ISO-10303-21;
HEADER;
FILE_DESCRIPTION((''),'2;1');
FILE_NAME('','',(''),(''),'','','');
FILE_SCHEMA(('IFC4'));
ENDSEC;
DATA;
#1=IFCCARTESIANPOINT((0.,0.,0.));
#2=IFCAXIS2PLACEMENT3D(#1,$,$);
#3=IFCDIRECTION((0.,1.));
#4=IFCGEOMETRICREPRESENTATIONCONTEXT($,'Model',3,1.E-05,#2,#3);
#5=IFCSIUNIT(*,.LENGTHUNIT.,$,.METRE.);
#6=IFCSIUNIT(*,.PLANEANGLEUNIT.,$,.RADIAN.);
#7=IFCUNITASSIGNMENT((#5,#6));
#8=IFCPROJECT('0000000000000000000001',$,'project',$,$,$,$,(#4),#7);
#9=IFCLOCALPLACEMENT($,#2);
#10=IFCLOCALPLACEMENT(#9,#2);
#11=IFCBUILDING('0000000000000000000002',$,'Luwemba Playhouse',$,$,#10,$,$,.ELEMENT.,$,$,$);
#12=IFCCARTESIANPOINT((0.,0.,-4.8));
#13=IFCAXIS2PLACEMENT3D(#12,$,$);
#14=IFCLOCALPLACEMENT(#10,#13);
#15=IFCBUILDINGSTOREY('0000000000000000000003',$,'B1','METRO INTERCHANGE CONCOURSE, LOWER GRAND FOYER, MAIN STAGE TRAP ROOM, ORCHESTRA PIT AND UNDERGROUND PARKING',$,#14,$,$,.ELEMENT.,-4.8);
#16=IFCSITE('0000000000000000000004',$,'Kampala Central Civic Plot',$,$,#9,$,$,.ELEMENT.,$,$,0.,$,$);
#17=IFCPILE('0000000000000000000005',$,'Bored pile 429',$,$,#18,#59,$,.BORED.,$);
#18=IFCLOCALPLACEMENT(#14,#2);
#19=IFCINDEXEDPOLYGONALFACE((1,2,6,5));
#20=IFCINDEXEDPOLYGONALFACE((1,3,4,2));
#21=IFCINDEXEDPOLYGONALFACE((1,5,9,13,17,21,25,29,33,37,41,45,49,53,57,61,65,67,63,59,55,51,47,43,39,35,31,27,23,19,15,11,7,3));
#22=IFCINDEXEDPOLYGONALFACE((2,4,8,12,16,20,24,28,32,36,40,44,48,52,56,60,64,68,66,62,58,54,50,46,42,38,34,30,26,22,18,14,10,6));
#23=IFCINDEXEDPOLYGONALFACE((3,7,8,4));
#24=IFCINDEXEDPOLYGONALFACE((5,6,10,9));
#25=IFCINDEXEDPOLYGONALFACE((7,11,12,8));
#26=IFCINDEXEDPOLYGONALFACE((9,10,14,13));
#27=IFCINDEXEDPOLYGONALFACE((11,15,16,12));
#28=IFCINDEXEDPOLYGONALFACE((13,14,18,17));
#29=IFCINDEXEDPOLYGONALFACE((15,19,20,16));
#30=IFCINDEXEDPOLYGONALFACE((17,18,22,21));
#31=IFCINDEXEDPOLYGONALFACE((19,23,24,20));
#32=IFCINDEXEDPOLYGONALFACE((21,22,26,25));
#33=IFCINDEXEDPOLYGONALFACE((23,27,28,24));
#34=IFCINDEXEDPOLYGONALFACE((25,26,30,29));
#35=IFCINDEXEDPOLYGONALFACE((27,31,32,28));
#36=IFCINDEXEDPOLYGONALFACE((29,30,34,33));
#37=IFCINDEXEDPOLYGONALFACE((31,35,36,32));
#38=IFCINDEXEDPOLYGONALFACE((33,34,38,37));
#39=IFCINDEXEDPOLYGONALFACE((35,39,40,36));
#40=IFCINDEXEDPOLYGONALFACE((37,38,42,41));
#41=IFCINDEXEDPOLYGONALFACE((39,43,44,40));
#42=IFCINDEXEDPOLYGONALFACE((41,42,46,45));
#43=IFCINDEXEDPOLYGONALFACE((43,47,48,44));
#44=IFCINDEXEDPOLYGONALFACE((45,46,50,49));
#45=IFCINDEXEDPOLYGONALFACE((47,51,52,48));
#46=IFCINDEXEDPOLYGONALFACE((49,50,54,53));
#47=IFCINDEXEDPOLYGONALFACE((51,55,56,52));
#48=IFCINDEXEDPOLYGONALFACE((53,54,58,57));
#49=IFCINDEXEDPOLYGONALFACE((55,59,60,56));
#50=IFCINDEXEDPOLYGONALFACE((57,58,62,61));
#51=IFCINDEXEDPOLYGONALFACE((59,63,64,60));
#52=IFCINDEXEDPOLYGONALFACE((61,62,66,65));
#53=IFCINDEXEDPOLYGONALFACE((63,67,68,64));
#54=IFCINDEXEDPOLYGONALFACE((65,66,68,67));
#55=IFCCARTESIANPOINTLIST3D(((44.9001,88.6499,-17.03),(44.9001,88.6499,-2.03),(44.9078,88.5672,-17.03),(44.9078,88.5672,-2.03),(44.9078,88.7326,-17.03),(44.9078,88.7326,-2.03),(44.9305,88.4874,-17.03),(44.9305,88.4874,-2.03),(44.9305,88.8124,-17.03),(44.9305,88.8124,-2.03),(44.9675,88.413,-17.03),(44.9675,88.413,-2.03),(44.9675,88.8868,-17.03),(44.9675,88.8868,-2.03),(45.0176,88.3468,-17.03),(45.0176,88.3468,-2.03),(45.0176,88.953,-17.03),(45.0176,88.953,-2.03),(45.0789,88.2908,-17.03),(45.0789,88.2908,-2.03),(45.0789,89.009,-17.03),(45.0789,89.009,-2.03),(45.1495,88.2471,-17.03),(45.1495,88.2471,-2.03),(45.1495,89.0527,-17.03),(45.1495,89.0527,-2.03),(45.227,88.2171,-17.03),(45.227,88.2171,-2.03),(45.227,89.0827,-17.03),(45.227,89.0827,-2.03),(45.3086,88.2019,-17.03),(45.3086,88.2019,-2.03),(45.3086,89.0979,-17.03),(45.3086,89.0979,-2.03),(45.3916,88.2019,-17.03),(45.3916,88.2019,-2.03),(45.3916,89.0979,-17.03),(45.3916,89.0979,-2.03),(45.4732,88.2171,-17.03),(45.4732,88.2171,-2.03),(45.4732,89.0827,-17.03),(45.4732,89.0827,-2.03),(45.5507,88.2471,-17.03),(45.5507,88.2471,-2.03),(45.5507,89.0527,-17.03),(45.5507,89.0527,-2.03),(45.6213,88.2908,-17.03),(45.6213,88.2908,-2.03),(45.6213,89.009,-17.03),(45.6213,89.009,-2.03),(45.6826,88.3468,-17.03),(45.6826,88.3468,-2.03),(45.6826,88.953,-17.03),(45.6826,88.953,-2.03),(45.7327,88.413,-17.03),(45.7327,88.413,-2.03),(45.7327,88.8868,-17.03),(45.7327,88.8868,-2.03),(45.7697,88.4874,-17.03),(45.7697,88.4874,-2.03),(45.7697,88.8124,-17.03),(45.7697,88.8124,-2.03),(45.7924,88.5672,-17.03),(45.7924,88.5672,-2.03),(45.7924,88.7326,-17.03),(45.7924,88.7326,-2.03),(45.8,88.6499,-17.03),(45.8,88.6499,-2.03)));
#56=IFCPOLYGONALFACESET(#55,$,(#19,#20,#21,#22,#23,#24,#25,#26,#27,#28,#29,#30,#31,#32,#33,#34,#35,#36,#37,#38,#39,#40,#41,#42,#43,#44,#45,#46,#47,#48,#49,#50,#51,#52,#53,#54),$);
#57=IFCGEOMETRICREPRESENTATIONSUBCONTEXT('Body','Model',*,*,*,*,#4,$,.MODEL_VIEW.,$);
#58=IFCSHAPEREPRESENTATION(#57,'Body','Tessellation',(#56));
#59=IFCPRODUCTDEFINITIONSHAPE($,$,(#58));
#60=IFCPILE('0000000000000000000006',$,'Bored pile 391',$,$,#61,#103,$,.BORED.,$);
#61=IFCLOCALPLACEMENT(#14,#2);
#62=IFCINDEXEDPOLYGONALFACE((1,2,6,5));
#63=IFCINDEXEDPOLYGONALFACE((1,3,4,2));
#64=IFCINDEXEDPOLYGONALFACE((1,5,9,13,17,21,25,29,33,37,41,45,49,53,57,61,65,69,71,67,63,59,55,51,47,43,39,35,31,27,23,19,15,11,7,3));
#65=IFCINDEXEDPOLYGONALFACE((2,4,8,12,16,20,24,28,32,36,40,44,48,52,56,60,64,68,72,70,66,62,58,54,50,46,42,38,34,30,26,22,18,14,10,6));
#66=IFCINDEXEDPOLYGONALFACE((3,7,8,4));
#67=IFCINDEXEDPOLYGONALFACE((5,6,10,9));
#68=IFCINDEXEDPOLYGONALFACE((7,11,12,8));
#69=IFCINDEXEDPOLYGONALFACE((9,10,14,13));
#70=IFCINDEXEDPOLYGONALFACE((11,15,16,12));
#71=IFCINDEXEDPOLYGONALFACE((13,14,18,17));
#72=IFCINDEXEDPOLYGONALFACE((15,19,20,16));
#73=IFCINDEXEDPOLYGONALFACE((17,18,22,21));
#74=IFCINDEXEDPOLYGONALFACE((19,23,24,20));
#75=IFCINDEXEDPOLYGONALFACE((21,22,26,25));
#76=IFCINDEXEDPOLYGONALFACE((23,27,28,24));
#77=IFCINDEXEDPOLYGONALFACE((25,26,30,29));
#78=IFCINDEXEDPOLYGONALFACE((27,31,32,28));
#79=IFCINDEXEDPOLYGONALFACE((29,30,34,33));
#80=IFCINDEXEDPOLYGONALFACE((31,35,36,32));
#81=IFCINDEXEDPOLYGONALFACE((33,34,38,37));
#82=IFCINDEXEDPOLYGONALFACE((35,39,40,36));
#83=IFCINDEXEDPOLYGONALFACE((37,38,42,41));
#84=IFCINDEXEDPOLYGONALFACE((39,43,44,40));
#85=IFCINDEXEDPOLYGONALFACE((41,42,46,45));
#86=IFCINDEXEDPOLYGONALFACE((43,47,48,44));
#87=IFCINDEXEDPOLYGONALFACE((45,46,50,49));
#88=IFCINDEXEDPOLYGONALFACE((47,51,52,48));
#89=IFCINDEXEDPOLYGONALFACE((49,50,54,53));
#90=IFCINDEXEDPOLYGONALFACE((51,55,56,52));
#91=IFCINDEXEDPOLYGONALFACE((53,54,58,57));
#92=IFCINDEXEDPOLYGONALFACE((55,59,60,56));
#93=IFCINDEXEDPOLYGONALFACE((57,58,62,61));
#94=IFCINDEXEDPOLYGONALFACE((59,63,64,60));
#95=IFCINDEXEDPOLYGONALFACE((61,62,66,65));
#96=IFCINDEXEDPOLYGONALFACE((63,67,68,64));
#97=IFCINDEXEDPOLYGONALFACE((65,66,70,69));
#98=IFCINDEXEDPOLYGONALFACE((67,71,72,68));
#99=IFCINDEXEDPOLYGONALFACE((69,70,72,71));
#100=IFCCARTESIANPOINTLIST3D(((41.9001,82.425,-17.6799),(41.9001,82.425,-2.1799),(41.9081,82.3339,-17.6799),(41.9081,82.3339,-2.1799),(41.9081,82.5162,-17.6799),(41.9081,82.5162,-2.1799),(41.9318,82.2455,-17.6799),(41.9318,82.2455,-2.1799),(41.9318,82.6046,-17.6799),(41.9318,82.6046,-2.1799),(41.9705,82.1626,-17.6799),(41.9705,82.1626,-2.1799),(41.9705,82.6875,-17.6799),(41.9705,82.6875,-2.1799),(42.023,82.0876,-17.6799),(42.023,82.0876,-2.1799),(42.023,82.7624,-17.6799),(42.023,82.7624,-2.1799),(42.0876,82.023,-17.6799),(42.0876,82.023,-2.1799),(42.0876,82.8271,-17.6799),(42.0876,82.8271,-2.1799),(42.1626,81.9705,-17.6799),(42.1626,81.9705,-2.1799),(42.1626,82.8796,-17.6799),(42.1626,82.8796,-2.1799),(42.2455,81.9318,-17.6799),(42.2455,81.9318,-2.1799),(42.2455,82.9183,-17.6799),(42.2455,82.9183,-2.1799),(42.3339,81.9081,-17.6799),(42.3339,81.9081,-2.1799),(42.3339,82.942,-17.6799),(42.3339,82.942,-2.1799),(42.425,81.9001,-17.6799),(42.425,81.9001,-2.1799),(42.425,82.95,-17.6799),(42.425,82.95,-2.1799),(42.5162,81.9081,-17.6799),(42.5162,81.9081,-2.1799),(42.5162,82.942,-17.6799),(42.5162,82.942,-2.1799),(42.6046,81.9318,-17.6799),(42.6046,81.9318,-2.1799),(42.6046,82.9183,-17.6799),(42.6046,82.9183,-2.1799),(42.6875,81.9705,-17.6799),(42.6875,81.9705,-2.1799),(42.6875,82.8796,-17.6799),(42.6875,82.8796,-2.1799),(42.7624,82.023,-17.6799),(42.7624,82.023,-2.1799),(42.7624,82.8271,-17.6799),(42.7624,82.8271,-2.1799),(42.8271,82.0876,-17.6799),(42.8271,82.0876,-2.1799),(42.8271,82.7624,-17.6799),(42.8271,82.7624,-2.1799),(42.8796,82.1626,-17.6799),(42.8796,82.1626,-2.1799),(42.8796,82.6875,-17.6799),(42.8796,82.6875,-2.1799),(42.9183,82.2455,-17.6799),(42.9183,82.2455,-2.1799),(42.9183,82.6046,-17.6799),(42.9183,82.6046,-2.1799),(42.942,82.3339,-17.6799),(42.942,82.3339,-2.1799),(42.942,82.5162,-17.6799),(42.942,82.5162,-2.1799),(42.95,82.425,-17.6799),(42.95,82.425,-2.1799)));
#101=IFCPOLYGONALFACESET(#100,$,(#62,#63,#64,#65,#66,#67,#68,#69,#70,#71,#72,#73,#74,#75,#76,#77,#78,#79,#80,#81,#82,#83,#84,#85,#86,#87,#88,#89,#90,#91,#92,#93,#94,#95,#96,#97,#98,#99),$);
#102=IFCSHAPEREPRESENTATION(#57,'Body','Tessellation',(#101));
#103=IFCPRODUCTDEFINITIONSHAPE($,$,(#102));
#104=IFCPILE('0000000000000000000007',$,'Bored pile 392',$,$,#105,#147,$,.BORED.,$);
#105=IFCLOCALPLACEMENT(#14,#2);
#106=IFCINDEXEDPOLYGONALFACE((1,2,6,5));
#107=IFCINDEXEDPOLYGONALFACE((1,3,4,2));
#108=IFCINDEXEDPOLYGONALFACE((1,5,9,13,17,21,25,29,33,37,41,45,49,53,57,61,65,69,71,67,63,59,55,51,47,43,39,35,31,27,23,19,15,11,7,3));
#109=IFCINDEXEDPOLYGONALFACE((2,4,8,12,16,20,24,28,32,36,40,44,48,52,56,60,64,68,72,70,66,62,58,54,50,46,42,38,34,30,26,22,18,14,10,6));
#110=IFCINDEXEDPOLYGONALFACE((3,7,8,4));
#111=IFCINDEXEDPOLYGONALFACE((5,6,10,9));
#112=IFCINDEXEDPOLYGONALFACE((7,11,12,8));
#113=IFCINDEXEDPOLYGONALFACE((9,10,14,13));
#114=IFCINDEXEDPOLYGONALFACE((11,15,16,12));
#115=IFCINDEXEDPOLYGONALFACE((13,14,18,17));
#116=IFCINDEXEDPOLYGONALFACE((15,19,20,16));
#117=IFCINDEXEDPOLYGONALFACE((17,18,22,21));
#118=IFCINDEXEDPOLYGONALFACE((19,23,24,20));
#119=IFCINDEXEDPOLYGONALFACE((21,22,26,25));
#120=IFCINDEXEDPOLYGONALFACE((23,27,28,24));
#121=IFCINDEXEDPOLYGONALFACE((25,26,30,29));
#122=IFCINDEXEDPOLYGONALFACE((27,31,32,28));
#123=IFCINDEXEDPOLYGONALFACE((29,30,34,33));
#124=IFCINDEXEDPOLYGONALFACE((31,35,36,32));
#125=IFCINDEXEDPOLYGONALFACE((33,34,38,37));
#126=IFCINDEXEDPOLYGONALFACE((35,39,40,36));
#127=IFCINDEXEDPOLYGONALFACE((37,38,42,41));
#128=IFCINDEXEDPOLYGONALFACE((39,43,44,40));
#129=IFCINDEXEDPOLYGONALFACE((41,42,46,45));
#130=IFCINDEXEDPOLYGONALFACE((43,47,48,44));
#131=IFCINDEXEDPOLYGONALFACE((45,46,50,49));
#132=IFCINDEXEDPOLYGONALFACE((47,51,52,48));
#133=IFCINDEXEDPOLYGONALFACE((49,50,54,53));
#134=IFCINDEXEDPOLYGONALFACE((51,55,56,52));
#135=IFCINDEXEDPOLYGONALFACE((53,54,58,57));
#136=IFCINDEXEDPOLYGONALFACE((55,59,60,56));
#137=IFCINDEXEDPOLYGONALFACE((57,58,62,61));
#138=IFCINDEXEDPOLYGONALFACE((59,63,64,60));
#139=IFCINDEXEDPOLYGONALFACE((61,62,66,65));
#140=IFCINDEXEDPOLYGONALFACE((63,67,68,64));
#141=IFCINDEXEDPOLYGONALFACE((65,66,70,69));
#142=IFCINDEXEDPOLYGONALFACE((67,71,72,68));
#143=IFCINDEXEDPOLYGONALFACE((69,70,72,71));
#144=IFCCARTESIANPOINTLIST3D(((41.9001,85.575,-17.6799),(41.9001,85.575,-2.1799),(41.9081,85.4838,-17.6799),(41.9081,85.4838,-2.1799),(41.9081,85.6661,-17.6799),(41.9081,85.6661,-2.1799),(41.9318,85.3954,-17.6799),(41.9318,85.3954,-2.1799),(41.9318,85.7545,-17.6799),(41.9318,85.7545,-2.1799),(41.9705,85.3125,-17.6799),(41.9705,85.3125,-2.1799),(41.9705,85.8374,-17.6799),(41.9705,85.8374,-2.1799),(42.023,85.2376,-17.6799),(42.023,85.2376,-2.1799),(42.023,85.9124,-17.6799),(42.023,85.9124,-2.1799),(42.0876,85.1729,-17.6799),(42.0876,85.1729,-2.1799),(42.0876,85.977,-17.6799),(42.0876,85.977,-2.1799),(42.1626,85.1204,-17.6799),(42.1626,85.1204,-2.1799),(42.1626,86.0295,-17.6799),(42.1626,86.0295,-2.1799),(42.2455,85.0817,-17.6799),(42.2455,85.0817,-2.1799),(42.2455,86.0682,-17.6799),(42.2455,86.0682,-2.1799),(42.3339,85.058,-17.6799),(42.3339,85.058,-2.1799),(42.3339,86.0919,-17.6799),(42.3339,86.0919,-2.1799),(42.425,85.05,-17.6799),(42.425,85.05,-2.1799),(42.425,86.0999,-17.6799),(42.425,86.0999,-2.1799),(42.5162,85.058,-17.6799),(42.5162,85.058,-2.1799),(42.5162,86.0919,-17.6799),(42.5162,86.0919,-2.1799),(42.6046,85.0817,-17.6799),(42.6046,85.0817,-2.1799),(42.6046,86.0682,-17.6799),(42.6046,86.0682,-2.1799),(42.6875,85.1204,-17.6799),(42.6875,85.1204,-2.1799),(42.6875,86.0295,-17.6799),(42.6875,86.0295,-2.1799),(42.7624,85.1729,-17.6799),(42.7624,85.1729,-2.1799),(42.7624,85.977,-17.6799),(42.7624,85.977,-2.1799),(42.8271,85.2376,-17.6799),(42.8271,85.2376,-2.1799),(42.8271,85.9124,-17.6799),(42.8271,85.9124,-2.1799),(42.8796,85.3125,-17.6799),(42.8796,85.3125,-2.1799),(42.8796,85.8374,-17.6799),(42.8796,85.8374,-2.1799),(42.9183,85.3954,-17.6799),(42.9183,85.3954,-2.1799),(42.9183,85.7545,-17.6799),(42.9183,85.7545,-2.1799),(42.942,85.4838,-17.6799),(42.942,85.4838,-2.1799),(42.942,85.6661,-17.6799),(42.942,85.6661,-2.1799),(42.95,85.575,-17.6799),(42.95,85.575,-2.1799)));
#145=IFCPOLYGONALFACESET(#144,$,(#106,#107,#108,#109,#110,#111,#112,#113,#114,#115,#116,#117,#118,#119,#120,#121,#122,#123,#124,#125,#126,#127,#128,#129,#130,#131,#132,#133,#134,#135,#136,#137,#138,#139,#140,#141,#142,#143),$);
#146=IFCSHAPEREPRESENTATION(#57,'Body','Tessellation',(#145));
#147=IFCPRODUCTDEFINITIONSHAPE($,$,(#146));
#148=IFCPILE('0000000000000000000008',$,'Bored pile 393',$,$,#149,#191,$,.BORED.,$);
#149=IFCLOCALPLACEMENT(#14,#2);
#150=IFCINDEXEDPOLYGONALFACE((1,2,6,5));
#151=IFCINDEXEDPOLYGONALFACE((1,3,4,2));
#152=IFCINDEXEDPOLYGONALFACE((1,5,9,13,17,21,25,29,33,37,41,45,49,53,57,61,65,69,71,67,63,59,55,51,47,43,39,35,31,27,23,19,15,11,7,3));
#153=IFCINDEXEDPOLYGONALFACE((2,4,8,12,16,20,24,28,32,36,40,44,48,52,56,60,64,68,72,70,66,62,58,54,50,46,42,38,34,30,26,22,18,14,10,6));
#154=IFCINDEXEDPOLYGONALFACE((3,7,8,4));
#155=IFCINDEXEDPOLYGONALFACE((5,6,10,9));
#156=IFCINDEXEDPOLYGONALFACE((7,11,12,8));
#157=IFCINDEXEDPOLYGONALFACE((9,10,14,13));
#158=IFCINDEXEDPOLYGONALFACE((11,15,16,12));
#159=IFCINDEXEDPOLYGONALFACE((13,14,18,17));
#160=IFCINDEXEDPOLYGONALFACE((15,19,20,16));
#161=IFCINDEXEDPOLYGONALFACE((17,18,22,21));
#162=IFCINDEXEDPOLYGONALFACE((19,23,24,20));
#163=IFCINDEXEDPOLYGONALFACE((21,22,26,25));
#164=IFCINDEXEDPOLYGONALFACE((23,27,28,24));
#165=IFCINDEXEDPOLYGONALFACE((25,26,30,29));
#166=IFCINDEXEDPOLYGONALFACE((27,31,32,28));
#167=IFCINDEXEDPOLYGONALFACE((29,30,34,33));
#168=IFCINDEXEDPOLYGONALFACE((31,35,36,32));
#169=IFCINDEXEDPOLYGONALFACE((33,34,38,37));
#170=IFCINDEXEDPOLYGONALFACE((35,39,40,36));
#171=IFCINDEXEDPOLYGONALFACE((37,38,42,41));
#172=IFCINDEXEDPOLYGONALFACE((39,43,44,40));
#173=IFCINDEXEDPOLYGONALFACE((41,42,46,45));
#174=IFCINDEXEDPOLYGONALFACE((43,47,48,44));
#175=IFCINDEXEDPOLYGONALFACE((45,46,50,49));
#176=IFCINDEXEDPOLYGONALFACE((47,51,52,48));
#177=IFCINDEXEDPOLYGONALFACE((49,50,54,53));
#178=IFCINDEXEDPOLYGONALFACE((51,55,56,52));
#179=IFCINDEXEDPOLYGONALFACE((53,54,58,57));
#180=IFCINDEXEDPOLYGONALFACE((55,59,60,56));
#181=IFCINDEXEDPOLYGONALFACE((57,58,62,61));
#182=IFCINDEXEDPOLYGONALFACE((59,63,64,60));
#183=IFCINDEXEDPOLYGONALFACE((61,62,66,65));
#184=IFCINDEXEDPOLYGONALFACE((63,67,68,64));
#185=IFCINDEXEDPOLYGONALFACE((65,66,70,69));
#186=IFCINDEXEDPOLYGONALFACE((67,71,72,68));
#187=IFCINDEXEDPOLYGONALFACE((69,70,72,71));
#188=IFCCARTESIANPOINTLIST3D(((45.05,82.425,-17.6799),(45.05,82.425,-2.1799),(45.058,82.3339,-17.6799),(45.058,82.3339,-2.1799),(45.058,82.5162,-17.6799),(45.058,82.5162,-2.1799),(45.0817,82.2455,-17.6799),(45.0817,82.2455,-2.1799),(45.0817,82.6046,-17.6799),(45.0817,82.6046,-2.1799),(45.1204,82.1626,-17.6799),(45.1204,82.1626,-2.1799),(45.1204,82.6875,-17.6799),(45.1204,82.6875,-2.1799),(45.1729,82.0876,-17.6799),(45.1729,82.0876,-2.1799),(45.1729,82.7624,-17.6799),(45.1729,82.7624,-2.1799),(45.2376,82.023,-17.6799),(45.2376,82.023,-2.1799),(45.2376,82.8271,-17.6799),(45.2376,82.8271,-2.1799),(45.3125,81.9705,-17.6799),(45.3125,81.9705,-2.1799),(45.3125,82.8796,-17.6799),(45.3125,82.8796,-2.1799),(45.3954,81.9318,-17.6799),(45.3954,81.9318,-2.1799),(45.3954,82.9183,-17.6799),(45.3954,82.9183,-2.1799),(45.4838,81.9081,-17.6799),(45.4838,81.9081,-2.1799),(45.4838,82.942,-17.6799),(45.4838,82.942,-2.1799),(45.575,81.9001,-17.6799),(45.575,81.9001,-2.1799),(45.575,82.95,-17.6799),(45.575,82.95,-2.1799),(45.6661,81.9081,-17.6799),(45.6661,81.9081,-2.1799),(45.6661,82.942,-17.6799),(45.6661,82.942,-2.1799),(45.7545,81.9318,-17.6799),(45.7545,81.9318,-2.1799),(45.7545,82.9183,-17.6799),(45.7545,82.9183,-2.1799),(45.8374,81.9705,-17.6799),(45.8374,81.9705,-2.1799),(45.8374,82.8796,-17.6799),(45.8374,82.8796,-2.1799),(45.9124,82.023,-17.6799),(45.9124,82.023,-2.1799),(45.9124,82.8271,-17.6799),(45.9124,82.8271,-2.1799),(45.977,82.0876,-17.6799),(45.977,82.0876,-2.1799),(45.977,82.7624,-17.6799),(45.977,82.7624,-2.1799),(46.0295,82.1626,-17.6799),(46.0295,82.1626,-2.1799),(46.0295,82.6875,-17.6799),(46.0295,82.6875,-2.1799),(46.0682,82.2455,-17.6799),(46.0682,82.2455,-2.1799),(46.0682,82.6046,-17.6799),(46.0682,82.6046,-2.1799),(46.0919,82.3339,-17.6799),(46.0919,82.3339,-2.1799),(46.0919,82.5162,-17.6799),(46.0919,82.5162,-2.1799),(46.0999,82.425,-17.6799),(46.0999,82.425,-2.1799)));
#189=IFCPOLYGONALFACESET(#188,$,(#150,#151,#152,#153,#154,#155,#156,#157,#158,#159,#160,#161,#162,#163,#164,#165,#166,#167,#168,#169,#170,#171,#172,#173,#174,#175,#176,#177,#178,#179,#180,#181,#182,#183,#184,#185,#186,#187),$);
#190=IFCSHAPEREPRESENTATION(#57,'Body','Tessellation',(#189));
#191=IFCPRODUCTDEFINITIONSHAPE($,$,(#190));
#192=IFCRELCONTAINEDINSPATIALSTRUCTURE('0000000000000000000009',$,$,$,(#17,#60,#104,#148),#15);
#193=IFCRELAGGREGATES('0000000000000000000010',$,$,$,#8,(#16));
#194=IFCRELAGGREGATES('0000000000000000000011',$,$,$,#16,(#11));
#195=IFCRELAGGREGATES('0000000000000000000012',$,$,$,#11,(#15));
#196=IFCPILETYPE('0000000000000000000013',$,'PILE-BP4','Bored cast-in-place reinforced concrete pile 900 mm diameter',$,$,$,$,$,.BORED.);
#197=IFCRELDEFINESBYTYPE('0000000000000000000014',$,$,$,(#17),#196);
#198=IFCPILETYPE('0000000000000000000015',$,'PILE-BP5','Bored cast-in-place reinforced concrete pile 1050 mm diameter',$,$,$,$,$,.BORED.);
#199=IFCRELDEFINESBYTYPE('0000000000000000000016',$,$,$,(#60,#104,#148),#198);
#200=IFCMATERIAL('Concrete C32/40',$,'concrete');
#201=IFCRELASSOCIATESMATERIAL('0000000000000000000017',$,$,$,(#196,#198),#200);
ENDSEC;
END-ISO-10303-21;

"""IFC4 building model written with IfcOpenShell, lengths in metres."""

from ifc_helpers import new_model, si_unit, direction, frame, origin, origin_2d, place, context, subcontext, project, spatial, circle, extrude, material, material_profile, profile_set, type_object, element, save


model = new_model("IFC4")

# Units and contexts
model_context = context("Model", 3, precision=1e-05, world=origin(), true_north=direction((0.0, 1.0)))
body_context = subcontext(model_context, "Body", "Model", "MODEL_VIEW")
ifc_project = project(units=[si_unit("LENGTHUNIT", "METRE"), si_unit("PLANEANGLEUNIT", "RADIAN")], contexts=[model_context])

# Site, building, storey
site_placement = place(None, origin())
site = spatial("IfcSite", under=ifc_project, at=site_placement, Name="Kampala Central Civic Plot", CompositionType="ELEMENT", RefElevation=0.0)
building_placement = place(site_placement, origin())
building = spatial("IfcBuilding", under=site, at=building_placement, Name="Luwemba Playhouse", CompositionType="ELEMENT")
storey_placement = place(building_placement, frame((0.0, 0.0, -4.8)))
storey = spatial("IfcBuildingStorey", under=building, at=storey_placement, Name="B1", Description="METRO INTERCHANGE CONCOURSE, LOWER GRAND FOYER, MAIN STAGE TRAP ROOM, ORCHESTRA PIT AND UNDERGROUND PARKING", CompositionType="ELEMENT", Elevation=-4.8)

# Shared definitions
ifc_material_1 = material(Name="Concrete C32/40", Category="concrete")

# Piles
ifc_material_profile_1 = material_profile(ifc_material_1, circle(Radius=0.45, at=origin_2d()))
ifc_profile_set_1 = profile_set([ifc_material_profile_1], Name="Concrete C32/40")
pile_type_1 = type_object("IfcPileType", Name="PILE-BP4", Description="Bored cast-in-place reinforced concrete pile 900 mm diameter", PredefinedType="BORED", material=ifc_profile_set_1)
for number, where, z_axis, x_axis, name in (
    (1, (45.3501, 88.6499, -2.03), (0.0, 0.0, -1.0), (1.0, 0.0, 0.0), "Bored pile 429"),
):
    element("IfcPile", number, at=place(storey_placement, frame(where, z_axis=z_axis, x_axis=x_axis)), inside=storey, type_object=pile_type_1, Name=name, PredefinedType="BORED", context=body_context, shape_type="SweptSolid", body=[
        extrude(circle(Radius=0.45, at=origin_2d()), origin(), (0.0, 0.0, 1.0), 15.0),
    ])
ifc_material_profile_2 = material_profile(ifc_material_1, circle(Radius=0.5249, at=origin_2d()))
ifc_profile_set_2 = profile_set([ifc_material_profile_2], Name="Concrete C32/40")
pile_type_2 = type_object("IfcPileType", Name="PILE-BP5", Description="Bored cast-in-place reinforced concrete pile 1050 mm diameter", PredefinedType="BORED", material=ifc_profile_set_2)
for number, where, z_axis, x_axis, name in (
    (2, (42.425, 82.425, -2.1799), (0.0, 0.0, -1.0), (1.0, 0.0, 0.0), "Bored pile 391"),
    (3, (42.425, 85.575, -2.1799), (0.0, 0.0, -1.0), (1.0, 0.0, 0.0), "Bored pile 392"),
    (4, (45.575, 82.425, -2.1799), (0.0, 0.0, -1.0), (1.0, 0.0, 0.0), "Bored pile 393"),
):
    element("IfcPile", number, at=place(storey_placement, frame(where, z_axis=z_axis, x_axis=x_axis)), inside=storey, type_object=pile_type_2, Name=name, PredefinedType="BORED", context=body_context, shape_type="SweptSolid", body=[
        extrude(circle(Radius=0.5249, at=origin_2d()), origin(), (0.0, 0.0, 1.0), 15.5),
    ])

save(model, "model.ifc")
